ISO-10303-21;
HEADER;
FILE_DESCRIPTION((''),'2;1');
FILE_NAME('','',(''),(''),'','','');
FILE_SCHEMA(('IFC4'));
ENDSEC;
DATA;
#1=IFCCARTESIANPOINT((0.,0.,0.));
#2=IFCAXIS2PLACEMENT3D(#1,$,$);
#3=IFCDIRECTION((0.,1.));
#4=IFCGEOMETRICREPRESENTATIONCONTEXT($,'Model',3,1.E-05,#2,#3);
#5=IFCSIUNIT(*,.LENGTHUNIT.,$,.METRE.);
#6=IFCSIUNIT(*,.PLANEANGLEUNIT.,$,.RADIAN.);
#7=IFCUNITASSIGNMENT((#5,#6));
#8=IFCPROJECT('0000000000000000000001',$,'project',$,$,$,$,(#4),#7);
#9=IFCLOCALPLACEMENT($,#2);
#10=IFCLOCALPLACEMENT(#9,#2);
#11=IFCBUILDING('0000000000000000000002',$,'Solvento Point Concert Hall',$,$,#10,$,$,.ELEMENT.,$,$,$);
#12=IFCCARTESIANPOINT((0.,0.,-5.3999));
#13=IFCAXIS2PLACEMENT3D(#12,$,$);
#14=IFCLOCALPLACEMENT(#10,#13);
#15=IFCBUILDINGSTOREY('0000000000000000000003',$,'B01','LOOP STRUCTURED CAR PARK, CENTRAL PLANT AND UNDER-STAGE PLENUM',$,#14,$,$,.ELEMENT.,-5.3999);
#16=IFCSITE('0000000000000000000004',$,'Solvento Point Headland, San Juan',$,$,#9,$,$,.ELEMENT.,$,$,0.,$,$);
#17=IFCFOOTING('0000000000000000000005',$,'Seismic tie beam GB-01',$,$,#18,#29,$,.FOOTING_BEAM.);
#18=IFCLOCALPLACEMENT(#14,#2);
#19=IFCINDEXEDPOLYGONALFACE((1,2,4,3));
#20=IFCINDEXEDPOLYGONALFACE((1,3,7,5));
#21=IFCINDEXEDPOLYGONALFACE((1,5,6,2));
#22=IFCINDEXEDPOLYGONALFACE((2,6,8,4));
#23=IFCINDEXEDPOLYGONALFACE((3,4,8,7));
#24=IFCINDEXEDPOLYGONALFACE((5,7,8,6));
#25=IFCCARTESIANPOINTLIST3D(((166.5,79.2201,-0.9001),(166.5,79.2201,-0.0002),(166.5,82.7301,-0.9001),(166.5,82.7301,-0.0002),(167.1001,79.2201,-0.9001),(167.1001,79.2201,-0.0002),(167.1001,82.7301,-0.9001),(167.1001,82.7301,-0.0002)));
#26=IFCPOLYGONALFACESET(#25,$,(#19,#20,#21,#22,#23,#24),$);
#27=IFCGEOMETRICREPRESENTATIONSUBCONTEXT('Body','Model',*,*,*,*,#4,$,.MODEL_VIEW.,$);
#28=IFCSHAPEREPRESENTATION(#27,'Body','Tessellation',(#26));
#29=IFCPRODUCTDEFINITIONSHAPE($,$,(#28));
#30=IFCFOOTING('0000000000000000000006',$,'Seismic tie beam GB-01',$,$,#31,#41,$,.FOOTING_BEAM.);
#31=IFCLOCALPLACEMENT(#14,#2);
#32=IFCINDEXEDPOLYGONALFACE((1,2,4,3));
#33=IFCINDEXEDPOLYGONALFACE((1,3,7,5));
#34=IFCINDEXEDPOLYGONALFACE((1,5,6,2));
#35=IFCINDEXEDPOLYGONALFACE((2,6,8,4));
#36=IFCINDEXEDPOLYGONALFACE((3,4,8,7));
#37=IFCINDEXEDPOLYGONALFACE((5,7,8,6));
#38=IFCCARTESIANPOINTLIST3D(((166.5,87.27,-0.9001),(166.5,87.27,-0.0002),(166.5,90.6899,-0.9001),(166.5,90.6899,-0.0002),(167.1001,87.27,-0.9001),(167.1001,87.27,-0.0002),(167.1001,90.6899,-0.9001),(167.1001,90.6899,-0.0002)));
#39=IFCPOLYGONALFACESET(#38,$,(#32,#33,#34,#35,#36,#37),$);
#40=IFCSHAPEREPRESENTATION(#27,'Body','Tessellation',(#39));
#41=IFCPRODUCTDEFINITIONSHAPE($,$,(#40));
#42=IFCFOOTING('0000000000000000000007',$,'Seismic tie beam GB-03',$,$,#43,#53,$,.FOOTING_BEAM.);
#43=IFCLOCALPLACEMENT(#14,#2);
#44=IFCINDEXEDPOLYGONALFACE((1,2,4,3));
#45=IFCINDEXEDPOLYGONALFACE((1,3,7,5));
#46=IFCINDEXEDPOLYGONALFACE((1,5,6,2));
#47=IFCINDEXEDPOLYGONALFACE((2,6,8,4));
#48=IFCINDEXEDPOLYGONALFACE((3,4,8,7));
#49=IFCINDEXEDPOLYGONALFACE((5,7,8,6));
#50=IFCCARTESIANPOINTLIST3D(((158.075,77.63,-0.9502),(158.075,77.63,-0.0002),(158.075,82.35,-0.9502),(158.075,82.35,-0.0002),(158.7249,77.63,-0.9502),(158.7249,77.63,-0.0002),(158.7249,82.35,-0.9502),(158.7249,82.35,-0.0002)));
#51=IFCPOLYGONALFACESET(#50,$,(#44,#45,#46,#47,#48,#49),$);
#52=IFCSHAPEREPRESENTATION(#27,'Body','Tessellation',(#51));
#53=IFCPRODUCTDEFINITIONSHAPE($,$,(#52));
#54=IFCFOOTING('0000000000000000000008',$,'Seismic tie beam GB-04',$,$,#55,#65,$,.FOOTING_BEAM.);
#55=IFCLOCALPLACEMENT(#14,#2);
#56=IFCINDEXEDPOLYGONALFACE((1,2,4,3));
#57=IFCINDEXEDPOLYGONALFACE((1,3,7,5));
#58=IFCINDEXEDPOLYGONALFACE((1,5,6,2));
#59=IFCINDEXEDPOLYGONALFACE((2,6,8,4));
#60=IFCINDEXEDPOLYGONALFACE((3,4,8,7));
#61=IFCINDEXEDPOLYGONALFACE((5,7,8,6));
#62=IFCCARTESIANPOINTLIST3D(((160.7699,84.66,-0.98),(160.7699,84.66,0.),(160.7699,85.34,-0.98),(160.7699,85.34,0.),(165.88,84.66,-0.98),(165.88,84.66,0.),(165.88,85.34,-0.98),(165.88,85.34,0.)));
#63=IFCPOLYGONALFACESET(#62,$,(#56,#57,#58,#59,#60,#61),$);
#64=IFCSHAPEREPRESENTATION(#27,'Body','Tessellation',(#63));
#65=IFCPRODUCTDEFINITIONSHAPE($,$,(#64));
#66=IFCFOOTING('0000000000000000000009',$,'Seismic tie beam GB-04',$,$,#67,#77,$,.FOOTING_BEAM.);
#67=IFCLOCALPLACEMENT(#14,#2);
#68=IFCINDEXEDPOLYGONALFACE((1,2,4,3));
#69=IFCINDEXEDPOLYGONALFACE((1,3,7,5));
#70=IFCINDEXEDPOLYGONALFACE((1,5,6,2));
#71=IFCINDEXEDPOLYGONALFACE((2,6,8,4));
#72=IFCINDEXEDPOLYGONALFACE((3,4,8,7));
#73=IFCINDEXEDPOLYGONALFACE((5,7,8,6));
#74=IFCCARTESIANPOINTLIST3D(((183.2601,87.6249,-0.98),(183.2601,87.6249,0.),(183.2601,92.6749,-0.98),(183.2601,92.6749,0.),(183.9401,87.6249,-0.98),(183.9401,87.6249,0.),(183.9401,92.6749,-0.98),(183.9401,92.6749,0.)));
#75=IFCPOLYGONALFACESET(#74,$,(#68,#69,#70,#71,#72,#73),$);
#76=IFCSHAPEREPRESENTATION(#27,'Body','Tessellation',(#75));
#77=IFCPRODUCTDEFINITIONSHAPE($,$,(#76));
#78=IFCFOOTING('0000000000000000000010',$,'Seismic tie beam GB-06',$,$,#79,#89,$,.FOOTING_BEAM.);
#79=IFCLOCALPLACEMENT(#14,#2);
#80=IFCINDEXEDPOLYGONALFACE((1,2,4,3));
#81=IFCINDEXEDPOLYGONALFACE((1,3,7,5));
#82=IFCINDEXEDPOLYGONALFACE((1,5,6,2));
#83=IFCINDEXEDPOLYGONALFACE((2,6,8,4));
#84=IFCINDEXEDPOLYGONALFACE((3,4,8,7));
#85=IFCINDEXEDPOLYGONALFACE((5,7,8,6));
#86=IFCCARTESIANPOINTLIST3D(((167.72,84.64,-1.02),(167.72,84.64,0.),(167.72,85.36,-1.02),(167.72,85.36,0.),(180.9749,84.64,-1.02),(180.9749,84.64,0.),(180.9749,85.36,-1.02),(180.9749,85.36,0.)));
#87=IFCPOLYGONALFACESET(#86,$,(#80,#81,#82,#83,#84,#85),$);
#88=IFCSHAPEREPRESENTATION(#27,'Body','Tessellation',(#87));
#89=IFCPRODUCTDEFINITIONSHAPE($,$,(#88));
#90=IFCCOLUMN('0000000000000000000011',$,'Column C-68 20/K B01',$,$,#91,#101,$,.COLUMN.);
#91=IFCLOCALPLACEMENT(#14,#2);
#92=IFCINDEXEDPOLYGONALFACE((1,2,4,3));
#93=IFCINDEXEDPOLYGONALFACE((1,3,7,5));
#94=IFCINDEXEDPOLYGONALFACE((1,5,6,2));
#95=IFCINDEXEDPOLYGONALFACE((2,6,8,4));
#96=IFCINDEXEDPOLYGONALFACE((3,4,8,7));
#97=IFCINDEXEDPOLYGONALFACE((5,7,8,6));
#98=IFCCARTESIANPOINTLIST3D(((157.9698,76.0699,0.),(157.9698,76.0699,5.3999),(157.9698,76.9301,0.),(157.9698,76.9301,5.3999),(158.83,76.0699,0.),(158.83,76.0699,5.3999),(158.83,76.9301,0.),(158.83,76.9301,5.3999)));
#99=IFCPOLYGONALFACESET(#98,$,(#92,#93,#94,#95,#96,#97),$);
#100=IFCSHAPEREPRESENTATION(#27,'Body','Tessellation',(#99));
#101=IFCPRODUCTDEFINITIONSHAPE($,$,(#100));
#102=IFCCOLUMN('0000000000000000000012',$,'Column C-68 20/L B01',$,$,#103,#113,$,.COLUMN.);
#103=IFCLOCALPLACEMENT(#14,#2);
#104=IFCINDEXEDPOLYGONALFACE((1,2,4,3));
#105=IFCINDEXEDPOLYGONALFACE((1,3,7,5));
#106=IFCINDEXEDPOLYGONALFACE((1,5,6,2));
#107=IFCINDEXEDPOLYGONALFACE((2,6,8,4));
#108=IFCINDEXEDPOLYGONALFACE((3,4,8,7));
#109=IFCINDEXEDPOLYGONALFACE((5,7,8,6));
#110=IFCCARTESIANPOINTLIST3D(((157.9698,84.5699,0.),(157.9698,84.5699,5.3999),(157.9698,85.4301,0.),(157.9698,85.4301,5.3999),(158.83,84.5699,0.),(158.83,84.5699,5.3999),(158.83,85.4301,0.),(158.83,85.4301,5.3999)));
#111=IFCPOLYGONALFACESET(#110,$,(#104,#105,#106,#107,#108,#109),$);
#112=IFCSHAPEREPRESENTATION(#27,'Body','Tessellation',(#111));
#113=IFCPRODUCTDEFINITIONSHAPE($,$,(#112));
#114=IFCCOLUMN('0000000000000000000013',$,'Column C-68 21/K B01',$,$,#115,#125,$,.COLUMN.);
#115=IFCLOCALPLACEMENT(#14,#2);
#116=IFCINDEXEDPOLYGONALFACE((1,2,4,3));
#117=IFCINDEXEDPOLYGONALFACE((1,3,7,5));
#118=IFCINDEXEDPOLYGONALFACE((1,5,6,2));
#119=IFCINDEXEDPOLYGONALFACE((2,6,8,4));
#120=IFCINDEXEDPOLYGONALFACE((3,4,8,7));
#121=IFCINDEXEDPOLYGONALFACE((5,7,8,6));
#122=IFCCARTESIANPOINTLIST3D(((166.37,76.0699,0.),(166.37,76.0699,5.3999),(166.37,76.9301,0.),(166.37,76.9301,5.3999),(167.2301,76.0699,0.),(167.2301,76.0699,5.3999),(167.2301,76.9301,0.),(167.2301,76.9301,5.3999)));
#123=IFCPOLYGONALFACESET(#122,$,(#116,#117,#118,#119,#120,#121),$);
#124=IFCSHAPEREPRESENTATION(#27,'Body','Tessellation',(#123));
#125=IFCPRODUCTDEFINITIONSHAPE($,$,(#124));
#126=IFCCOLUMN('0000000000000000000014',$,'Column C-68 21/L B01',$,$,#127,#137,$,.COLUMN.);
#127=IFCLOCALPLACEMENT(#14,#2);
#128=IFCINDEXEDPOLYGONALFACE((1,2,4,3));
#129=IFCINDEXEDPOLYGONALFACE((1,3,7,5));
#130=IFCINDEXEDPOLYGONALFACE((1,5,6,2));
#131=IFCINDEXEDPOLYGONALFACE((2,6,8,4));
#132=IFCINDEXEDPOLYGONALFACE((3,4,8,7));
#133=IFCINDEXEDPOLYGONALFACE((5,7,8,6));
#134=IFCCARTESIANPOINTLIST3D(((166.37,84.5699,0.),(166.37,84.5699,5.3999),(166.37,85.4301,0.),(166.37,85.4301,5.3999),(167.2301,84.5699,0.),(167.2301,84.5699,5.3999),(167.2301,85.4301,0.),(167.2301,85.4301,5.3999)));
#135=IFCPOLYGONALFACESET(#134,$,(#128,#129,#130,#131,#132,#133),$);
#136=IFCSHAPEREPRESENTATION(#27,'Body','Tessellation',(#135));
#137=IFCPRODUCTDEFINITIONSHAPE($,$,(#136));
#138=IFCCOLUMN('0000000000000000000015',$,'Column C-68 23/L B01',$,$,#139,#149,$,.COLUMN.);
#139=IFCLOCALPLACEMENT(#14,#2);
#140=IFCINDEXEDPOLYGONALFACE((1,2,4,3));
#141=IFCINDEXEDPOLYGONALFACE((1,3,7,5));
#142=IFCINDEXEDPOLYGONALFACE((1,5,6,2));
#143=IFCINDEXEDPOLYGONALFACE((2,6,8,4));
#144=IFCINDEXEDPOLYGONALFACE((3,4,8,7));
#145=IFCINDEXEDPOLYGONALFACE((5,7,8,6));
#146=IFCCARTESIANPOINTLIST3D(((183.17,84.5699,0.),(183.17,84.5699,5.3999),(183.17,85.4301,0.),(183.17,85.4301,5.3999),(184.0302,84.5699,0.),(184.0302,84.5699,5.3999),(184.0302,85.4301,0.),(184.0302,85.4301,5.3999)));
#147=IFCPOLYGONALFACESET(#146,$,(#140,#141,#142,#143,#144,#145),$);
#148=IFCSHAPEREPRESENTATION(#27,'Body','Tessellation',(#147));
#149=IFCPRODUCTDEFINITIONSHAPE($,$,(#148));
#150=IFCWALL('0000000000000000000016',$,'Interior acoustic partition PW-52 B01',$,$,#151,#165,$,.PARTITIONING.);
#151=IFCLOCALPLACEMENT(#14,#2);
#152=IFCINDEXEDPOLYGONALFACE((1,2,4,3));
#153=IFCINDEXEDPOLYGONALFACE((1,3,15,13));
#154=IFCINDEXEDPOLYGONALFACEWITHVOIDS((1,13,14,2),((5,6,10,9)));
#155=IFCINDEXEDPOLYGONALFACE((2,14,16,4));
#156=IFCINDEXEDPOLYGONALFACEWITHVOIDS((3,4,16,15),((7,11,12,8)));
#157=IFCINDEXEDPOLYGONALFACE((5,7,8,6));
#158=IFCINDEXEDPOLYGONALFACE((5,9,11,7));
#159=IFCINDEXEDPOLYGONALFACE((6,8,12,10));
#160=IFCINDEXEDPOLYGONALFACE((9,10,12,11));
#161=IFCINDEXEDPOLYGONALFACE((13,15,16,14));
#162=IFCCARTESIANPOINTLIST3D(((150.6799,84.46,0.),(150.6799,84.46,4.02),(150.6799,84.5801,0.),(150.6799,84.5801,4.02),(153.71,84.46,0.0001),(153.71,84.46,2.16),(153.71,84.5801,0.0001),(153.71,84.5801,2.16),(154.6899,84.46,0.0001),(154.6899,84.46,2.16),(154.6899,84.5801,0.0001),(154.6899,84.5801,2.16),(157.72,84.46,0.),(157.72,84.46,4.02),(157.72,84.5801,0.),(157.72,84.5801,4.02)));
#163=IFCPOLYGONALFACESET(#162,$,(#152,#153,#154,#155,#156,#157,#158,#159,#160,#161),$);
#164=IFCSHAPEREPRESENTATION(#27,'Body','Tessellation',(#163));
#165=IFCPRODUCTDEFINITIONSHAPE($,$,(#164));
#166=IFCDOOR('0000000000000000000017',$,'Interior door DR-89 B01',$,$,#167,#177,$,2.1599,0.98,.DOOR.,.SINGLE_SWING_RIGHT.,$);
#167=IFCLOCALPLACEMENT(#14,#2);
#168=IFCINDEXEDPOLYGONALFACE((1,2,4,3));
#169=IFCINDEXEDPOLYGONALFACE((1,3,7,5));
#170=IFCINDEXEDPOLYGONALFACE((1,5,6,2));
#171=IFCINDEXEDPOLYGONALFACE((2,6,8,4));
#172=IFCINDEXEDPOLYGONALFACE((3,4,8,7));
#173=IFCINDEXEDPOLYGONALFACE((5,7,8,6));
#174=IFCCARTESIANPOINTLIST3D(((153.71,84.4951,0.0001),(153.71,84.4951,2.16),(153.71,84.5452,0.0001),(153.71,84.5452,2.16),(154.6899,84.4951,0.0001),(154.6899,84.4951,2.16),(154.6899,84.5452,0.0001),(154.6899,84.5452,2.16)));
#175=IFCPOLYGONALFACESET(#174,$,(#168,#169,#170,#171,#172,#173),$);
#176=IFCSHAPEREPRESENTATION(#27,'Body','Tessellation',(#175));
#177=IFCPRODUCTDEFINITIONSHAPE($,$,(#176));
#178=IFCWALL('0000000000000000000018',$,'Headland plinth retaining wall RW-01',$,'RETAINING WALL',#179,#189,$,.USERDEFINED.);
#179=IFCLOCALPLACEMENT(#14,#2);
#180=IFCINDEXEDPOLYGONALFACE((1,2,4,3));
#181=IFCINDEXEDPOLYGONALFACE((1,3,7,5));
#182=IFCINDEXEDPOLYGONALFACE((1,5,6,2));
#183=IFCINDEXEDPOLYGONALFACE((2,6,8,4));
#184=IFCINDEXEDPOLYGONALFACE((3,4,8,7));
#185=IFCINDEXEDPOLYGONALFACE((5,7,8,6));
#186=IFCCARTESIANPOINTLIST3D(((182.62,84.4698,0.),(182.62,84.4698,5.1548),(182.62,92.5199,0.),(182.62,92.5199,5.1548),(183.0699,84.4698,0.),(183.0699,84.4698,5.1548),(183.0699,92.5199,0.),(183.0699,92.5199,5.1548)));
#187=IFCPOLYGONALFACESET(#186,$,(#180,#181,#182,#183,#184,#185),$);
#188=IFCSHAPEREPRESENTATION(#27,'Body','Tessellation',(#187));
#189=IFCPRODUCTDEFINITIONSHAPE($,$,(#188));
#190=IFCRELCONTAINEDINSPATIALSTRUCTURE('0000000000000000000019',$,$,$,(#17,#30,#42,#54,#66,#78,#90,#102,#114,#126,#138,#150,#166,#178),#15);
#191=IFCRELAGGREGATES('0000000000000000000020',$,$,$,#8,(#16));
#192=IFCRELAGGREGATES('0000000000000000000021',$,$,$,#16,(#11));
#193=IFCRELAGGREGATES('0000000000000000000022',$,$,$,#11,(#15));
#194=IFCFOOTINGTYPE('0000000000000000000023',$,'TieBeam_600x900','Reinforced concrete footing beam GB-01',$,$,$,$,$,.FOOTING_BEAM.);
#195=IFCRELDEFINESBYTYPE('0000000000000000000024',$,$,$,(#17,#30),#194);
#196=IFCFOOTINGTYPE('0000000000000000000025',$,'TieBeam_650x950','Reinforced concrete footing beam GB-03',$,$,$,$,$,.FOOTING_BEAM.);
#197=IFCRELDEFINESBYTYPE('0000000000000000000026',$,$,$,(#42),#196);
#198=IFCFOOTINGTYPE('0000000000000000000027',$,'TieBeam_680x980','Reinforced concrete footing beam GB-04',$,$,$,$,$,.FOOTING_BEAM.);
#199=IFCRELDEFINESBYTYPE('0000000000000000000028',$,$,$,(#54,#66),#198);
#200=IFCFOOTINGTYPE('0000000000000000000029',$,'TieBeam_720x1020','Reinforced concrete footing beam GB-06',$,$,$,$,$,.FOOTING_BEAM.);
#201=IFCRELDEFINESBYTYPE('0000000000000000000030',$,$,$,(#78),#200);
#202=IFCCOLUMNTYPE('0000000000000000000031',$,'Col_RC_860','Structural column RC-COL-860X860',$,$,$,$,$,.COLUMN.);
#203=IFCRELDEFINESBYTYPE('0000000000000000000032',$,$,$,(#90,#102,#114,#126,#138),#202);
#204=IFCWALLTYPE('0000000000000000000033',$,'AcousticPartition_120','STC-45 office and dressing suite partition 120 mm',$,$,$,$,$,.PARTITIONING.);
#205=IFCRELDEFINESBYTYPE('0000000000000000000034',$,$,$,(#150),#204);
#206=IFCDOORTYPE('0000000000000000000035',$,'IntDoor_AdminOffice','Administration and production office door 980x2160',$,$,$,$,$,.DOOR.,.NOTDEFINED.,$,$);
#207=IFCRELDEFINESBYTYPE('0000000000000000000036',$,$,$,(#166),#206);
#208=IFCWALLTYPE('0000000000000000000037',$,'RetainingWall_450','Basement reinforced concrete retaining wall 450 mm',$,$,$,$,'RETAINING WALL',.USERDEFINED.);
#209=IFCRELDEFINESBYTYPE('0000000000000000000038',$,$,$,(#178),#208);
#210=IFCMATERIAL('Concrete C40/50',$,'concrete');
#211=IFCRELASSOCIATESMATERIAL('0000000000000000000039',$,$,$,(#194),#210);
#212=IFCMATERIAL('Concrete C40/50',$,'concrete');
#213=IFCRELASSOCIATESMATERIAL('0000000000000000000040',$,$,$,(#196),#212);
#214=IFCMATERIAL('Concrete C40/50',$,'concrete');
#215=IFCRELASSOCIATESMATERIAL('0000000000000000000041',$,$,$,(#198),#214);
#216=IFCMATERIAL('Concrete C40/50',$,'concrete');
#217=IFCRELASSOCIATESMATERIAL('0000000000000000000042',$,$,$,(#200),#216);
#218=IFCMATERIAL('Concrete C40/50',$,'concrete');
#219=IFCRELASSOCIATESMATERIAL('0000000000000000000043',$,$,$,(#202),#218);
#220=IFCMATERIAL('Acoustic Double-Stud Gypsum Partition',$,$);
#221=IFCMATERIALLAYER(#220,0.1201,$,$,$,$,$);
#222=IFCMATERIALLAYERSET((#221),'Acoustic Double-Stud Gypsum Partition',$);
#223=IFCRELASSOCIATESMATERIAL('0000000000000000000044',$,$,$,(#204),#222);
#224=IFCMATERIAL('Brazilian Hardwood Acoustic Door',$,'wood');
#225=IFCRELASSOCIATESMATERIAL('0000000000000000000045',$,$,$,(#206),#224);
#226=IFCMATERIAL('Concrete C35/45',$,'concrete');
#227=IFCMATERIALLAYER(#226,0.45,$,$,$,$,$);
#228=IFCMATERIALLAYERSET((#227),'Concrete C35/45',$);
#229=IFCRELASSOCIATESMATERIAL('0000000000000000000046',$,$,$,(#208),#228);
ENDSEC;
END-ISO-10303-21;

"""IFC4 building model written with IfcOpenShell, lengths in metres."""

from ifc_helpers import new_model, si_unit, direction, frame, frame_2d, origin, origin_2d, place, context, subcontext, project, spatial, rectangle, extrude, material, layer, layer_set, material_profile, profile_set, type_object, element, fill, save


model = new_model("IFC4")

# Units and contexts
model_context = context("Model", 3, precision=1e-05, world=origin(), true_north=direction((0.0, 1.0)))
body_context = subcontext(model_context, "Body", "Model", "MODEL_VIEW")
ifc_project = project(units=[si_unit("LENGTHUNIT", "METRE"), si_unit("PLANEANGLEUNIT", "RADIAN")], contexts=[model_context])

# Site, building, storey
site_placement = place(None, origin())
site = spatial("IfcSite", under=ifc_project, at=site_placement, Name="Solvento Point Headland, San Juan", CompositionType="ELEMENT", RefElevation=0.0)
building_placement = place(site_placement, origin())
building = spatial("IfcBuilding", under=site, at=building_placement, Name="Solvento Point Concert Hall", CompositionType="ELEMENT")
storey_placement = place(building_placement, frame((0.0, 0.0, -5.3999)))
storey = spatial("IfcBuildingStorey", under=building, at=storey_placement, Name="B01", Description="LOOP STRUCTURED CAR PARK, CENTRAL PLANT AND UNDER-STAGE PLENUM", CompositionType="ELEMENT", Elevation=-5.3999)

# Footings
ifc_material_1 = material(Name="Concrete C40/50", Category="concrete")
footing_type_1 = type_object("IfcFootingType", Name="TieBeam_600x900", Description="Reinforced concrete footing beam GB-01", PredefinedType="FOOTING_BEAM", material=ifc_material_1)
footing_1_placement = place(storey_placement, frame((166.8, 80.9751, -0.9001), z_axis=(0.0, 0.0, 1.0), x_axis=(0.0, 1.0, 0.0)))
element("IfcFooting", 1, at=footing_1_placement, inside=storey, type_object=footing_type_1, Name="Seismic tie beam GB-01", PredefinedType="FOOTING_BEAM", context=body_context, shape_type="SweptSolid", body=[
    extrude(rectangle(XDim=3.51, YDim=0.6001, at=origin_2d()), origin(), (0.0, 0.0, 1.0), 0.8999),
])
footing_2_placement = place(storey_placement, frame((166.8, 88.98, -0.9001), z_axis=(0.0, 0.0, 1.0), x_axis=(0.0, 1.0, 0.0)))
element("IfcFooting", 2, at=footing_2_placement, inside=storey, type_object=footing_type_1, Name="Seismic tie beam GB-01", PredefinedType="FOOTING_BEAM", context=body_context, shape_type="SweptSolid", body=[
    extrude(rectangle(XDim=3.4199, YDim=0.6001, at=origin_2d()), origin(), (0.0, 0.0, 1.0), 0.8999),
])
ifc_material_2 = material(Name="Concrete C40/50", Category="concrete")
footing_type_2 = type_object("IfcFootingType", Name="TieBeam_650x950", Description="Reinforced concrete footing beam GB-03", PredefinedType="FOOTING_BEAM", material=ifc_material_2)
footing_3_placement = place(storey_placement, frame((158.3999, 79.99, -0.9502), z_axis=(0.0, 0.0, 1.0), x_axis=(0.0, 1.0, 0.0)))
element("IfcFooting", 3, at=footing_3_placement, inside=storey, type_object=footing_type_2, Name="Seismic tie beam GB-03", PredefinedType="FOOTING_BEAM", context=body_context, shape_type="SweptSolid", body=[
    extrude(rectangle(XDim=4.72, YDim=0.6499, at=origin_2d()), origin(), (0.0, 0.0, 1.0), 0.95),
])
ifc_material_3 = material(Name="Concrete C40/50", Category="concrete")
footing_type_3 = type_object("IfcFootingType", Name="TieBeam_680x980", Description="Reinforced concrete footing beam GB-04", PredefinedType="FOOTING_BEAM", material=ifc_material_3)
footing_4_placement = place(storey_placement, frame((163.325, 85.0, -0.98), z_axis=(0.0, 0.0, 1.0), x_axis=(1.0, 0.0, 0.0)))
element("IfcFooting", 4, at=footing_4_placement, inside=storey, type_object=footing_type_3, Name="Seismic tie beam GB-04", PredefinedType="FOOTING_BEAM", context=body_context, shape_type="SweptSolid", body=[
    extrude(rectangle(XDim=5.1101, YDim=0.6799, at=origin_2d()), origin(), (0.0, 0.0, 1.0), 0.98),
])
footing_5_placement = place(storey_placement, frame((183.6001, 90.1499, -0.98), z_axis=(0.0, 0.0, 1.0), x_axis=(0.0, 1.0, 0.0)))
element("IfcFooting", 5, at=footing_5_placement, inside=storey, type_object=footing_type_3, Name="Seismic tie beam GB-04", PredefinedType="FOOTING_BEAM", context=body_context, shape_type="SweptSolid", body=[
    extrude(rectangle(XDim=5.05, YDim=0.6799, at=origin_2d()), origin(), (0.0, 0.0, 1.0), 0.98),
])
ifc_material_4 = material(Name="Concrete C40/50", Category="concrete")
footing_type_4 = type_object("IfcFootingType", Name="TieBeam_720x1020", Description="Reinforced concrete footing beam GB-06", PredefinedType="FOOTING_BEAM", material=ifc_material_4)
footing_6_placement = place(storey_placement, frame((174.3474, 85.0, -1.02), z_axis=(0.0, 0.0, 1.0), x_axis=(1.0, 0.0, 0.0)))
element("IfcFooting", 6, at=footing_6_placement, inside=storey, type_object=footing_type_4, Name="Seismic tie beam GB-06", PredefinedType="FOOTING_BEAM", context=body_context, shape_type="SweptSolid", body=[
    extrude(rectangle(XDim=13.2549, YDim=0.72, at=origin_2d()), origin(), (0.0, 0.0, 1.0), 1.02),
])

# Columns
ifc_material_5 = material(Name="Concrete C40/50", Category="concrete")
ifc_material_profile_1 = material_profile(ifc_material_5, rectangle(XDim=0.8601, YDim=0.8601, at=origin_2d()), Name="RC-COL-860X860")
ifc_profile_set_1 = profile_set([ifc_material_profile_1], Name="Concrete C40/50")
column_type = type_object("IfcColumnType", Name="Col_RC_860", Description="Structural column RC-COL-860X860", PredefinedType="COLUMN", material=ifc_profile_set_1)
for number, where, z_axis, x_axis, name in (
    (7, (158.3999, 76.5, 0.0), (0.0, 0.0, 1.0), (1.0, 0.0, 0.0), "Column C-68 20/K B01"),
    (8, (158.3999, 85.0, 0.0), (0.0, 0.0, 1.0), (1.0, 0.0, 0.0), "Column C-68 20/L B01"),
    (9, (166.8, 76.5, 0.0), (0.0, 0.0, 1.0), (1.0, 0.0, 0.0), "Column C-68 21/K B01"),
    (10, (166.8, 85.0, 0.0), (0.0, 0.0, 1.0), (1.0, 0.0, 0.0), "Column C-68 21/L B01"),
    (11, (183.6001, 85.0, 0.0), (0.0, 0.0, 1.0), (1.0, 0.0, 0.0), "Column C-68 23/L B01"),
):
    element("IfcColumn", number, at=place(storey_placement, frame(where, z_axis=z_axis, x_axis=x_axis)), inside=storey, type_object=column_type, Name=name, PredefinedType="COLUMN", context=body_context, shape_type="SweptSolid", body=[
        extrude(rectangle(XDim=0.8601, YDim=0.8601, at=origin_2d()), origin(), (0.0, 0.0, 1.0), 5.3999),
    ])

# Wall, opening, door
ifc_material_6 = material(Name="Acoustic Double-Stud Gypsum Partition")
ifc_layer_1 = layer(ifc_material_6, 0.1201)
ifc_layer_set_1 = layer_set([ifc_layer_1], Name="Acoustic Double-Stud Gypsum Partition")
wall_type_1 = type_object("IfcWallType", Name="AcousticPartition_120", Description="STC-45 office and dressing suite partition 120 mm", PredefinedType="PARTITIONING", material=ifc_layer_set_1)
wall_1_placement = place(storey_placement, frame((157.72, 84.52, 0.0), z_axis=(0.0, 0.0, 1.0), x_axis=(-1.0, 0.0, 0.0)))
wall_1 = element("IfcWall", 12, at=wall_1_placement, inside=storey, type_object=wall_type_1, Name="Interior acoustic partition PW-52 B01", PredefinedType="PARTITIONING", context=body_context, shape_type="SweptSolid", body=[
    extrude(rectangle(XDim=7.04, YDim=0.1201, at=frame_2d((3.52, 0.0))), origin(), (0.0, 0.0, 1.0), 4.02),
])
opening_placement = place(wall_1_placement, frame((3.03, 0.0, 0.0)))
opening = element("IfcOpeningElement", 13, at=opening_placement, cuts=wall_1, PredefinedType="OPENING", context=body_context, shape_type="SweptSolid", body=[
    extrude(rectangle(XDim=0.98, YDim=2.1599, at=frame_2d((0.49, 1.0801))), frame((0.0, 0.0701, 0.0), z_axis=(0.0, -1.0, 0.0), x_axis=(1.0, 0.0, 0.0)), (0.0, 0.0, 1.0), 0.1401),
])
ifc_material_7 = material(Name="Brazilian Hardwood Acoustic Door", Category="wood")
door_type = type_object("IfcDoorType", Name="IntDoor_AdminOffice", Description="Administration and production office door 980x2160", OperationType="NOTDEFINED", PredefinedType="DOOR", material=ifc_material_7)
door_placement = place(opening_placement, origin())
door = element("IfcDoor", 14, at=door_placement, inside=storey, type_object=door_type, Name="Interior door DR-89 B01", OperationType="SINGLE_SWING_RIGHT", OverallHeight=2.1599, OverallWidth=0.98, PredefinedType="DOOR", context=body_context, shape_type="SweptSolid", body=[
    extrude(rectangle(XDim=0.98, YDim=2.1599, at=frame_2d((0.49, 1.0801))), frame((0.0, 0.0249, 0.0), z_axis=(0.0, -1.0, 0.0), x_axis=(1.0, 0.0, 0.0)), (0.0, 0.0, 1.0), 0.05),
])
fill(opening, door)

# Wall
ifc_material_8 = material(Name="Concrete C35/45", Category="concrete")
ifc_layer_2 = layer(ifc_material_8, 0.45)
ifc_layer_set_2 = layer_set([ifc_layer_2], Name="Concrete C35/45")
wall_type_2 = type_object("IfcWallType", Name="RetainingWall_450", Description="Basement reinforced concrete retaining wall 450 mm", ElementType="RETAINING WALL", PredefinedType="USERDEFINED", material=ifc_layer_set_2)
wall_2_placement = place(storey_placement, frame((182.845, 84.47, 0.0), z_axis=(0.0, 0.0, 1.0), x_axis=(0.0, 1.0, 0.0)))
element("IfcWall", 15, at=wall_2_placement, inside=storey, type_object=wall_type_2, Name="Headland plinth retaining wall RW-01", ObjectType="RETAINING WALL", PredefinedType="USERDEFINED", context=body_context, shape_type="SweptSolid", body=[
    extrude(rectangle(XDim=8.05, YDim=0.45, at=frame_2d((4.0249, 0.0))), origin(), (0.0, 0.0, 1.0), 5.1548),
])

save(model, "model.ifc")
